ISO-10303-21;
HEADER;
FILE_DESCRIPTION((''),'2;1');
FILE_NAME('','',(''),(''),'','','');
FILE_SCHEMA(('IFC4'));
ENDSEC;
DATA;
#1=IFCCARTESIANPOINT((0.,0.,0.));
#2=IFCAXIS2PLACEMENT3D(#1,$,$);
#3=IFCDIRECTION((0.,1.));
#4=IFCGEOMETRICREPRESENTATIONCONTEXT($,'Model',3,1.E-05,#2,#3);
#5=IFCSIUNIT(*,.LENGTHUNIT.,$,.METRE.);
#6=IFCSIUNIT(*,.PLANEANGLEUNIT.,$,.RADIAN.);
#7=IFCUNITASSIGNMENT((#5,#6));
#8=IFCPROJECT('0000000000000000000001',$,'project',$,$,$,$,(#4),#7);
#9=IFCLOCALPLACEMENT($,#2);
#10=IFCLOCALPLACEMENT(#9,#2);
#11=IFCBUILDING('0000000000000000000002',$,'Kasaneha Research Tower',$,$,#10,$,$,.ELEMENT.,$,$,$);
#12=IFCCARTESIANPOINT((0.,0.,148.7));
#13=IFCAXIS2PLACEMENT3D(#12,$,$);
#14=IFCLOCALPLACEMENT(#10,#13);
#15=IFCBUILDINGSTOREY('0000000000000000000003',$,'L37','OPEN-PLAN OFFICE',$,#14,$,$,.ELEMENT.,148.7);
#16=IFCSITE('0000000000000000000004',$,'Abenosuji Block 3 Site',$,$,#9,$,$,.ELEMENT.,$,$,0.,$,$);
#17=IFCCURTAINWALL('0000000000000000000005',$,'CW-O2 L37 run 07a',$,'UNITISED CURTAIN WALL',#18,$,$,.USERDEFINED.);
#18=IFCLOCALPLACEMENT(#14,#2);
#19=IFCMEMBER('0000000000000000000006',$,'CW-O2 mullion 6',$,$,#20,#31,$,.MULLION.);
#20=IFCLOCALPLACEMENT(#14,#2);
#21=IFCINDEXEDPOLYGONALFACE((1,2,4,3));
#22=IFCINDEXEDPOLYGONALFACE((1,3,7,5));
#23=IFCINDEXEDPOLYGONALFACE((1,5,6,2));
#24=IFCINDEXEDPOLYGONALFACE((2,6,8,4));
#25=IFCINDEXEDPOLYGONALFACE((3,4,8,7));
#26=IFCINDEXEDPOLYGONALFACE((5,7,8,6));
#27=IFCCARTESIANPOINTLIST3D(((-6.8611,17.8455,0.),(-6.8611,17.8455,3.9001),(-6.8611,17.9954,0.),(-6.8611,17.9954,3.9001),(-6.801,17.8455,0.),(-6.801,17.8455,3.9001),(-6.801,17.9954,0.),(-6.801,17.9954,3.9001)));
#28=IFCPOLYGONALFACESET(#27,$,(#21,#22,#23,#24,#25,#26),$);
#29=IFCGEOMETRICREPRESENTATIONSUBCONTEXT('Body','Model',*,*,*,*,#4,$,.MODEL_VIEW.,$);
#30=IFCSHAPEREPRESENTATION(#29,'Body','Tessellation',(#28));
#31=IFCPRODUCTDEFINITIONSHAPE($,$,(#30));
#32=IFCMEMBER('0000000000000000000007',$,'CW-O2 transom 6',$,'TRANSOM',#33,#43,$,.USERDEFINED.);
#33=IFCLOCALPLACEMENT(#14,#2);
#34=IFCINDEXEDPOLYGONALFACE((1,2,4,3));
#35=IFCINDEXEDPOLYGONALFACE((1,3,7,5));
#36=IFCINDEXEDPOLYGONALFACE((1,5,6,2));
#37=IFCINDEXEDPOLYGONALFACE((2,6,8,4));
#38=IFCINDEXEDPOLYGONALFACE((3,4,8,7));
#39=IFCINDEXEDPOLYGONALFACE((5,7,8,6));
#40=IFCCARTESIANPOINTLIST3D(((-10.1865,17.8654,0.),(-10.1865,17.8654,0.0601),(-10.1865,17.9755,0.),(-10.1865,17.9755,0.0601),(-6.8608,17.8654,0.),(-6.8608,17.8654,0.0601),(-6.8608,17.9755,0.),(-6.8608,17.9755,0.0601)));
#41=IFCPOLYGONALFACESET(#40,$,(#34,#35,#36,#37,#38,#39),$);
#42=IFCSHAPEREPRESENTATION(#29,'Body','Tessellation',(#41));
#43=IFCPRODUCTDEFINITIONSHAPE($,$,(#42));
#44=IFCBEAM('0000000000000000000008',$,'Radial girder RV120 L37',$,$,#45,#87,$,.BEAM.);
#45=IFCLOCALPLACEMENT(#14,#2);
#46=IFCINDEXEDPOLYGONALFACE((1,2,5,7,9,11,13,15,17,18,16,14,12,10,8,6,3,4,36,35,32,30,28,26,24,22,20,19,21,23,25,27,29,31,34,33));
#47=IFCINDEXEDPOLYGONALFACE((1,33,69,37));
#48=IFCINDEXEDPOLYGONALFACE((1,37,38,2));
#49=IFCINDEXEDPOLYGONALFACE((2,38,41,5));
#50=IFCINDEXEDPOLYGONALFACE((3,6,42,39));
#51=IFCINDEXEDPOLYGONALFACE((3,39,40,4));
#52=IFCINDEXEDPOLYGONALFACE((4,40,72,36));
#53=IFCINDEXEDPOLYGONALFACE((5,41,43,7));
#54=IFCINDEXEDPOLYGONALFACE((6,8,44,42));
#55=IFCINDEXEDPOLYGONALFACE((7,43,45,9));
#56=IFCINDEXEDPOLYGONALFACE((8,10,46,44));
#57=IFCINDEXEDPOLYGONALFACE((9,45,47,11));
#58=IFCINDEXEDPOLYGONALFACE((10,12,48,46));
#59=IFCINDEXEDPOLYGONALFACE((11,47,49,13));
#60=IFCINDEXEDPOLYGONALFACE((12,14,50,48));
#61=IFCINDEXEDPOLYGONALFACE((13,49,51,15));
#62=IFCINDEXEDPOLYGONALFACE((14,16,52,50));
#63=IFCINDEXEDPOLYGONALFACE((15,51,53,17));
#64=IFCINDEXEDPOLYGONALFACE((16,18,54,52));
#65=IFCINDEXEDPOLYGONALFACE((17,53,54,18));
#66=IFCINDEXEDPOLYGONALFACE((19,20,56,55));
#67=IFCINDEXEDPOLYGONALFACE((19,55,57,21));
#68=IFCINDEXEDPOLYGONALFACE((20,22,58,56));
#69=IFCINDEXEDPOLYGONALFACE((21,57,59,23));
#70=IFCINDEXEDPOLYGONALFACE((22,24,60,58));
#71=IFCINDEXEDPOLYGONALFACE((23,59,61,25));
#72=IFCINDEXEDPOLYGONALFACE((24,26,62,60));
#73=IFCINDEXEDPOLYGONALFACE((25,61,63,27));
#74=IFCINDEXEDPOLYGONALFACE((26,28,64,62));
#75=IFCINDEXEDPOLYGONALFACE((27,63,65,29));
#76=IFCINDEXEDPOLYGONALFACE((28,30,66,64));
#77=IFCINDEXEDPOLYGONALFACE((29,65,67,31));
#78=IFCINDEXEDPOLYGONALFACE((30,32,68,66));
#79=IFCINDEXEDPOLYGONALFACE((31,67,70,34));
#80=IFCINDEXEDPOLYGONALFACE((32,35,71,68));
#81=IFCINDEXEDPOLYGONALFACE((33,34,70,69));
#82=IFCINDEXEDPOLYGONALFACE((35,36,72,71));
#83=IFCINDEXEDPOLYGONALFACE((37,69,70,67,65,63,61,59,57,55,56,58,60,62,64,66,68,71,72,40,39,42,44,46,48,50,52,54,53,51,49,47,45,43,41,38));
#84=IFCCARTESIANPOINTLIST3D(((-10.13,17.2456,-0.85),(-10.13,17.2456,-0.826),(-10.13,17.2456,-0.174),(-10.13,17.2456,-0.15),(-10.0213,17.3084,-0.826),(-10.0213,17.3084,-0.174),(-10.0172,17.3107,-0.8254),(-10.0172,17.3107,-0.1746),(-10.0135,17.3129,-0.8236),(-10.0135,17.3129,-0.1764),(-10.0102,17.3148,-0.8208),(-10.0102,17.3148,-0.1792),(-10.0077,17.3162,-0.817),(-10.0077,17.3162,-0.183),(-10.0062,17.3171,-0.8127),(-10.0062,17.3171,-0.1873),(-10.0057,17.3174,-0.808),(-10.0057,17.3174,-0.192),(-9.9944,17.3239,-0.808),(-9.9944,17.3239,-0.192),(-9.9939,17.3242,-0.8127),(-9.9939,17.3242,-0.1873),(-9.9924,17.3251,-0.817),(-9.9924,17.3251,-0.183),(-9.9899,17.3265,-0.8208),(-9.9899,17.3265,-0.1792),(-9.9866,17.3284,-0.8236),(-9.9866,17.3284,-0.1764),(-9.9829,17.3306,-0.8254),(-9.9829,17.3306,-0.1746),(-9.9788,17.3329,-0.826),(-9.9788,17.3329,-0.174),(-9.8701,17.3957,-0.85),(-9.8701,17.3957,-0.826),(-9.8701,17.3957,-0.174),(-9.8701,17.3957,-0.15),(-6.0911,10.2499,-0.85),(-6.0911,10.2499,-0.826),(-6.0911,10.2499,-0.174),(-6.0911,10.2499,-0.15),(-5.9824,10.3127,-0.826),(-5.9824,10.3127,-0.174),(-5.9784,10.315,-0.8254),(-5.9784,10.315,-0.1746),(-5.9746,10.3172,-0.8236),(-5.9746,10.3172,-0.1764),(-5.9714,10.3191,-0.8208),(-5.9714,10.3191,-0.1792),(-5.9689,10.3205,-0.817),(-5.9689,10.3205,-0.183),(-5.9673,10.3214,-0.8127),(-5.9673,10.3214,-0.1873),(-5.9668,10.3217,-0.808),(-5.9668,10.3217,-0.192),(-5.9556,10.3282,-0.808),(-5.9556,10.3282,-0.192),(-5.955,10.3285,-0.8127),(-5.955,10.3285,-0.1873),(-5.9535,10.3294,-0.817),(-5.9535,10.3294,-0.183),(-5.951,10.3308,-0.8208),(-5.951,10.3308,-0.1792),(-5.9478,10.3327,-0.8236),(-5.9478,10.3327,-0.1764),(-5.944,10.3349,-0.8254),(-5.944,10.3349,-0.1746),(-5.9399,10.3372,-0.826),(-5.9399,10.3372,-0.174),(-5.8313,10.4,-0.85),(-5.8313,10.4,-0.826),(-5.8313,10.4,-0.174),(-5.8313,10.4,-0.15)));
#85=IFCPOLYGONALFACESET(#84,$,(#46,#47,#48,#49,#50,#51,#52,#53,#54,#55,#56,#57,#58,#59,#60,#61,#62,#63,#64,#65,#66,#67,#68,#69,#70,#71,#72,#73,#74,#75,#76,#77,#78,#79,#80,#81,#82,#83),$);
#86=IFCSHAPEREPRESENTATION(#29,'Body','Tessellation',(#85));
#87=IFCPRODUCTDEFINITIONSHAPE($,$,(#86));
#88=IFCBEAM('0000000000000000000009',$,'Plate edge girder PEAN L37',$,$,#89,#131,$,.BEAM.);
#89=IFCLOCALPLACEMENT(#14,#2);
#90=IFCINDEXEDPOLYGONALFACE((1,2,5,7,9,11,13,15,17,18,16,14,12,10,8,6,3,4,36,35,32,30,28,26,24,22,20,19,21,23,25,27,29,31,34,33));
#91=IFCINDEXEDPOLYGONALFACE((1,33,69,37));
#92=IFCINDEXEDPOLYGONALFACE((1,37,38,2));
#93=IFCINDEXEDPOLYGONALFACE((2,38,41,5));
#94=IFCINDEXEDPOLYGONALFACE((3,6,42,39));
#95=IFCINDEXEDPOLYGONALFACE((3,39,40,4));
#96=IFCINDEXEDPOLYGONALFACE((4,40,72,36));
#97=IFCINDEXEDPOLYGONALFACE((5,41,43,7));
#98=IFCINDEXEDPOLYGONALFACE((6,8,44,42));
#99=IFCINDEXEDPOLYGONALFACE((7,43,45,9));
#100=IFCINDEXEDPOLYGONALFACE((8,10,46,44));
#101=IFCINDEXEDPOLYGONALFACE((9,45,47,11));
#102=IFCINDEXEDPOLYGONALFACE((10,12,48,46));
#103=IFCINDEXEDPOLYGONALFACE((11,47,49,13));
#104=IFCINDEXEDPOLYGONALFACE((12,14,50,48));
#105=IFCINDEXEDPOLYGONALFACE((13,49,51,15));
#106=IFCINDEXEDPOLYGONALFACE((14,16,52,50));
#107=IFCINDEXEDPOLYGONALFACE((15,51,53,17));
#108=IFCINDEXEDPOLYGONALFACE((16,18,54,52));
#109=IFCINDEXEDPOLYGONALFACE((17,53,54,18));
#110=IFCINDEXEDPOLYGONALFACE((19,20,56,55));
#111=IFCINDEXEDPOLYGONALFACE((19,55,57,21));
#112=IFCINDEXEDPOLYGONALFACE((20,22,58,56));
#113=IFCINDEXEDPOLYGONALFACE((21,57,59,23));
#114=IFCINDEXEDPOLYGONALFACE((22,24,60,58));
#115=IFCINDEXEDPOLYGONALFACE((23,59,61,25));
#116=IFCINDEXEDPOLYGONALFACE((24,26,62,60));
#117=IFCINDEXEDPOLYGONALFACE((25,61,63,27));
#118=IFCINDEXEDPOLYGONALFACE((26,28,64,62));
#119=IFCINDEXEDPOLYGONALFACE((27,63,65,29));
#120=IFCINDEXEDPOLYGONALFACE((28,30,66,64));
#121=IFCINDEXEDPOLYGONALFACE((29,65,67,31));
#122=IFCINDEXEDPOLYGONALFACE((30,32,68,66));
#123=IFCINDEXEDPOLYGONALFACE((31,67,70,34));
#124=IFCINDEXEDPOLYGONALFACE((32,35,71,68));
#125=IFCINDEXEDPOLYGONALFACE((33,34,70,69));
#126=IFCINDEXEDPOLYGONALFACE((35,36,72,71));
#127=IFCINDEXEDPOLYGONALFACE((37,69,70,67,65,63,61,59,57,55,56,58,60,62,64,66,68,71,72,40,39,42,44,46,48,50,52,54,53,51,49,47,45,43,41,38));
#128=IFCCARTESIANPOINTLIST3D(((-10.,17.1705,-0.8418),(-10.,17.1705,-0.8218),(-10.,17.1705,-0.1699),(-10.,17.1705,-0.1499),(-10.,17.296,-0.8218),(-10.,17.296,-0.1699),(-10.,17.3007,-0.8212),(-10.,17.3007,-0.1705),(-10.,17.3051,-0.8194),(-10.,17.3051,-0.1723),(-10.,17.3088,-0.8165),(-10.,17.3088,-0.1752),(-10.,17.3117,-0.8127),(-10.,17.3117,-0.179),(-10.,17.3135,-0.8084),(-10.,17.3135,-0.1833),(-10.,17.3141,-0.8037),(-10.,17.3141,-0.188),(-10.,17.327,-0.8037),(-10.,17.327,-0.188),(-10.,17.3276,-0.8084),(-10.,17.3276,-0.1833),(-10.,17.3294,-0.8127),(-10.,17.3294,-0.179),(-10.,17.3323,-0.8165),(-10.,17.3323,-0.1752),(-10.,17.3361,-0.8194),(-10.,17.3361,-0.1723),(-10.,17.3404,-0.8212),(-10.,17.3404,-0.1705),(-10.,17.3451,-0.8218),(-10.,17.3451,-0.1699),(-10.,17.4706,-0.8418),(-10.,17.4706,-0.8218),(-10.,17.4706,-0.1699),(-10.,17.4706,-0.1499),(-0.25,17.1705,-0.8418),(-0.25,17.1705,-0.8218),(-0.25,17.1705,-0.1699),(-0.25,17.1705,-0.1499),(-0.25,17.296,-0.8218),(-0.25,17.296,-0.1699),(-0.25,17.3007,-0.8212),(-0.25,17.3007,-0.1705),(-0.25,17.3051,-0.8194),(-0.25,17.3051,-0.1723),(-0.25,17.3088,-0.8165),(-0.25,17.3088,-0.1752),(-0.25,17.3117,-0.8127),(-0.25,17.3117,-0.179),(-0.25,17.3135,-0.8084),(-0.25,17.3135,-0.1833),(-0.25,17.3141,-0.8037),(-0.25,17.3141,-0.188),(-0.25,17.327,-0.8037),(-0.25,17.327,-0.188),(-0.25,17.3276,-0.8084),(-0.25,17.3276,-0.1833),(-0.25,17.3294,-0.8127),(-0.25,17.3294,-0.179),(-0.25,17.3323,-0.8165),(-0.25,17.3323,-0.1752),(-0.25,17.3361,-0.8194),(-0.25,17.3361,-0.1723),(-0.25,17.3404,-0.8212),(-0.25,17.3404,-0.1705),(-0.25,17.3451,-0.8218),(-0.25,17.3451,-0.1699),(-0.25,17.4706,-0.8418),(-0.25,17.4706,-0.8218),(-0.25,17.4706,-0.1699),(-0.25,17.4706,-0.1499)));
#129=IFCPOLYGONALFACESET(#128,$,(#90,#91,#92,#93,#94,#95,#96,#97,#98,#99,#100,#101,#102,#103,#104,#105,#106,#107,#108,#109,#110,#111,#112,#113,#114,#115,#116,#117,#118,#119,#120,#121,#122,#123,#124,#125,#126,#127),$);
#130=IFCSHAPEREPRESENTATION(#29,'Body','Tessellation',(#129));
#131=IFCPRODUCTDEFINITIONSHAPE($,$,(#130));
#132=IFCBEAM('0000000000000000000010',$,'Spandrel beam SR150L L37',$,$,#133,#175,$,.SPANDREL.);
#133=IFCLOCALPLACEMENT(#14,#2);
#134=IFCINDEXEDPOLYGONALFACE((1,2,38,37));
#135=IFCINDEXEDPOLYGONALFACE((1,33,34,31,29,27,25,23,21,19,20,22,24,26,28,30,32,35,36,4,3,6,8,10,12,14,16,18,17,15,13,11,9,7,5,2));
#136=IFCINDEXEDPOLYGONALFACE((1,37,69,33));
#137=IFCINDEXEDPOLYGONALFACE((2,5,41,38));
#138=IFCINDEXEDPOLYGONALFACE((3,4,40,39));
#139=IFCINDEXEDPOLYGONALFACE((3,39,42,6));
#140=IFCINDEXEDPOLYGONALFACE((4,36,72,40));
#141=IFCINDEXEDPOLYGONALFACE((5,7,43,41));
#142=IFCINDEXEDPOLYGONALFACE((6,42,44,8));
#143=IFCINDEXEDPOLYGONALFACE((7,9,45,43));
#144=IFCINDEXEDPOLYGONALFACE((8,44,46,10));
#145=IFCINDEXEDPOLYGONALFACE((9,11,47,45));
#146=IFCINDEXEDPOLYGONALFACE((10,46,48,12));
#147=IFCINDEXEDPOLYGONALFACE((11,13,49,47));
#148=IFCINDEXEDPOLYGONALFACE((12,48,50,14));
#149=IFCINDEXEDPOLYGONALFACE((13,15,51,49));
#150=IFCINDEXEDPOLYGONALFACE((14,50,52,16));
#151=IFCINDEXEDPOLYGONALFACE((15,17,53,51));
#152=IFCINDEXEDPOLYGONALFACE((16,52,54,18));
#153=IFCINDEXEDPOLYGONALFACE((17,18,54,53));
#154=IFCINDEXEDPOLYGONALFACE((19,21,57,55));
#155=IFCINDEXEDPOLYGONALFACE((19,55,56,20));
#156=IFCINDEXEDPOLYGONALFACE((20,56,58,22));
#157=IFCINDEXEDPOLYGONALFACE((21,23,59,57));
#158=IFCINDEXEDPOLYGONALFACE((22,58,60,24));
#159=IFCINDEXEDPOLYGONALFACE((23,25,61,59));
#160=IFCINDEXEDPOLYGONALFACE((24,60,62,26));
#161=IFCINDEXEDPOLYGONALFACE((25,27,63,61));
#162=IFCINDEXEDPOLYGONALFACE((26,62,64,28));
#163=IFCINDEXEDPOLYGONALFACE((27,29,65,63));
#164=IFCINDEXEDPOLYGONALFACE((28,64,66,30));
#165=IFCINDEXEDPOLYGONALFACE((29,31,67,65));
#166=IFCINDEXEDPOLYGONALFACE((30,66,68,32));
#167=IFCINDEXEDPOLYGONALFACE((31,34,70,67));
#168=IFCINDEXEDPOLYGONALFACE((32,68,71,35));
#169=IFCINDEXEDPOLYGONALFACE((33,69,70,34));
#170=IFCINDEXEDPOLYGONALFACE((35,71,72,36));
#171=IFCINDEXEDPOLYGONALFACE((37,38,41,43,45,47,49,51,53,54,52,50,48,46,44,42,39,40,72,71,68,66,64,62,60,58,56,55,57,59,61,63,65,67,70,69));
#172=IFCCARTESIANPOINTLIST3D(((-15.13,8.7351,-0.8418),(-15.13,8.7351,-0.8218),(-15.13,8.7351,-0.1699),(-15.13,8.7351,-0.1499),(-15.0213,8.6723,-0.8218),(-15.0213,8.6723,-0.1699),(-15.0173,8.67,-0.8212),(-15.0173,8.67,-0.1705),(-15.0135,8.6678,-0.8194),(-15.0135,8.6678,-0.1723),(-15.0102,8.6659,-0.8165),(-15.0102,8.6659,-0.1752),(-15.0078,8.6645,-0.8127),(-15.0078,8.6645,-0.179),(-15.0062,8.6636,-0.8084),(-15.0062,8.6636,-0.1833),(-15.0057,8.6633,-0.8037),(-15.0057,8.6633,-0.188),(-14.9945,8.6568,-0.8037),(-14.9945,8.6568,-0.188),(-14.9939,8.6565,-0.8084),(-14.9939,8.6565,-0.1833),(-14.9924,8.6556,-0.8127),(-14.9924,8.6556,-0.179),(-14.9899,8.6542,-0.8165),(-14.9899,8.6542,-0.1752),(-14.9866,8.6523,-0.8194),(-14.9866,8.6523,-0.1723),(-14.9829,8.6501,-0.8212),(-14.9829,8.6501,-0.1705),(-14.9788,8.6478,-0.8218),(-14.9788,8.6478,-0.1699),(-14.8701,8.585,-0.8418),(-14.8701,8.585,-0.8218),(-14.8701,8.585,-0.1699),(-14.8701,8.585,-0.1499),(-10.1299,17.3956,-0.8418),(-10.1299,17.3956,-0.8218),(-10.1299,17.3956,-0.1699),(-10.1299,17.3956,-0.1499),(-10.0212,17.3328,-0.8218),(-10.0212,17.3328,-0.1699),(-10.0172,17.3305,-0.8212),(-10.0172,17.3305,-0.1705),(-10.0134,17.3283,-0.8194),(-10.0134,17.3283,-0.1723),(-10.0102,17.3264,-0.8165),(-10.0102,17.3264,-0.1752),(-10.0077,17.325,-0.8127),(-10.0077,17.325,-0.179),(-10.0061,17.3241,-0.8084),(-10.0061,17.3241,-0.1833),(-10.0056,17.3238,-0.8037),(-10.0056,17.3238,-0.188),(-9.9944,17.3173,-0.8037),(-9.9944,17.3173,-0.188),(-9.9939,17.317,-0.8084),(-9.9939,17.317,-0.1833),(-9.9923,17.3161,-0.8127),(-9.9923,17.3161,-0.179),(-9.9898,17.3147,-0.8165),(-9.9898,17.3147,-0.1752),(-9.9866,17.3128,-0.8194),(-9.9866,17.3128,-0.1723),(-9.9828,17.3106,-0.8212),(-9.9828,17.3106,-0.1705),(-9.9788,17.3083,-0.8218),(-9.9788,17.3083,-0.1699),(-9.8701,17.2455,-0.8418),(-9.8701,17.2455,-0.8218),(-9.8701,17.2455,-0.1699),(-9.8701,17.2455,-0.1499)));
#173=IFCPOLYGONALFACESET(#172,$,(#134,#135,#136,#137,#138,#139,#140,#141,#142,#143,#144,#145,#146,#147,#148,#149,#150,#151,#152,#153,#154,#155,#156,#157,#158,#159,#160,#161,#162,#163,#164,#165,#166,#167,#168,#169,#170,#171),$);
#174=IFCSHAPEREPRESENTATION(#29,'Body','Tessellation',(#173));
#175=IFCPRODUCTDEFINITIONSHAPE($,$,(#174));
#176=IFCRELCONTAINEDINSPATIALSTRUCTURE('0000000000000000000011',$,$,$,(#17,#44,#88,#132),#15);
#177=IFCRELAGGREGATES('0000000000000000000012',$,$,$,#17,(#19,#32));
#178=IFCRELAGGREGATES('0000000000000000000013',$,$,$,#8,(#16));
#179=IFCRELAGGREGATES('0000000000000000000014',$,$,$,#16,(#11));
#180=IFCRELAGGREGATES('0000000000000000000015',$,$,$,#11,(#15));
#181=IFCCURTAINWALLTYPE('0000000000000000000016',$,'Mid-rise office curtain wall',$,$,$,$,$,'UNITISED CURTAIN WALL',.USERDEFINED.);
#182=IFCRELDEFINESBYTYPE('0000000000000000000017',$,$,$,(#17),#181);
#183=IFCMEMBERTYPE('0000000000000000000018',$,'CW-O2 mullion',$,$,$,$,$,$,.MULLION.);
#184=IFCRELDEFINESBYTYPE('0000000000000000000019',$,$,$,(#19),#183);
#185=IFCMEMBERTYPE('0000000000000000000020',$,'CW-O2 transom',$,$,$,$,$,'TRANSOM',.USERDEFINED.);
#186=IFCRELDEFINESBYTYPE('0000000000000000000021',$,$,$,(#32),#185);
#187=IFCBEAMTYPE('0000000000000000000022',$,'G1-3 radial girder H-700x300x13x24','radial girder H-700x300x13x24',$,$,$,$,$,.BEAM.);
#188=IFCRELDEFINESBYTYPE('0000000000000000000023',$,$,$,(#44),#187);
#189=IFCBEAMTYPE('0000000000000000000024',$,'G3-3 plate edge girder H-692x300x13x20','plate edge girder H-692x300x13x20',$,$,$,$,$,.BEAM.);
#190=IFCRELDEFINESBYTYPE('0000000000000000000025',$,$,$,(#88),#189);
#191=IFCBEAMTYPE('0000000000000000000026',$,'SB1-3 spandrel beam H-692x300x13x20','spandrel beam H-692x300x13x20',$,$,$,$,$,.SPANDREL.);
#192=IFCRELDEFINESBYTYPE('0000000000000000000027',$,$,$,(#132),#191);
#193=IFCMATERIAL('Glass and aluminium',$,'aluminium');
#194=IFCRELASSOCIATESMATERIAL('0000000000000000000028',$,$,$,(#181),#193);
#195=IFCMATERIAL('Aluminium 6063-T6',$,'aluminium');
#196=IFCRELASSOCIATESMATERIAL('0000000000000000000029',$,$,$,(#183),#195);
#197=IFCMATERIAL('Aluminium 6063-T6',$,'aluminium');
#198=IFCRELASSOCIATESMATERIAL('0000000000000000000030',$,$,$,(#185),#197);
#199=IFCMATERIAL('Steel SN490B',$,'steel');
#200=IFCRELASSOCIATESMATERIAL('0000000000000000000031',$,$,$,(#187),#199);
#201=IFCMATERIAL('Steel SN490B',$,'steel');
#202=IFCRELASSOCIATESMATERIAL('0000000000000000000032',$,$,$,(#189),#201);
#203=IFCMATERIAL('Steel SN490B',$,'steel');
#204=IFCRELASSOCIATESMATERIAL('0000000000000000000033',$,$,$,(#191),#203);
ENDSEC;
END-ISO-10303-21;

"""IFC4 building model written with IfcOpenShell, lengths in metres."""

from ifc_helpers import new_model, si_unit, direction, frame, origin, origin_2d, place, context, subcontext, project, spatial, rectangle, i_section, extrude, material, material_profile, profile_set, type_object, element, aggregate, save


model = new_model("IFC4")

# Units and contexts
model_context = context("Model", 3, precision=1e-05, world=origin(), true_north=direction((0.0, 1.0)))
body_context = subcontext(model_context, "Body", "Model", "MODEL_VIEW")
ifc_project = project(units=[si_unit("LENGTHUNIT", "METRE"), si_unit("PLANEANGLEUNIT", "RADIAN")], contexts=[model_context])

# Site, building, storey
site_placement = place(None, origin())
site = spatial("IfcSite", under=ifc_project, at=site_placement, Name="Abenosuji Block 3 Site", CompositionType="ELEMENT", RefElevation=0.0)
building_placement = place(site_placement, origin())
building = spatial("IfcBuilding", under=site, at=building_placement, Name="Kasaneha Research Tower", CompositionType="ELEMENT")
storey_placement = place(building_placement, frame((0.0, 0.0, 148.7)))
storey = spatial("IfcBuildingStorey", under=building, at=storey_placement, Name="L37", Description="OPEN-PLAN OFFICE", CompositionType="ELEMENT", Elevation=148.7)

# Curtain wall, members
ifc_material_1 = material(Name="Glass and aluminium", Category="aluminium")
curtain_wall_type = type_object("IfcCurtainWallType", Name="Mid-rise office curtain wall", ElementType="UNITISED CURTAIN WALL", PredefinedType="USERDEFINED", material=ifc_material_1)
curtain_wall_placement = place(storey_placement, origin())
curtain_wall = element("IfcCurtainWall", 1, at=curtain_wall_placement, inside=storey, type_object=curtain_wall_type, Name="CW-O2 L37 run 07a", ObjectType="UNITISED CURTAIN WALL", PredefinedType="USERDEFINED")
ifc_material_2 = material(Name="Aluminium 6063-T6", Category="aluminium")
ifc_material_profile_1 = material_profile(ifc_material_2, rectangle(XDim=0.0601, YDim=0.1499, at=origin_2d()), Name="CW-O2 mullion 60x150")
ifc_profile_set_1 = profile_set([ifc_material_profile_1], Name="Aluminium 6063-T6")
member_type_1 = type_object("IfcMemberType", Name="CW-O2 mullion", PredefinedType="MULLION", material=ifc_profile_set_1)
member_1_placement = place(storey_placement, frame((-6.8311, 17.9204, 0.0), z_axis=(0.0, 0.0, 1.0), x_axis=(-1.0, 0.0, 0.0)))
member_1 = element("IfcMember", 2, at=member_1_placement, type_object=member_type_1, Name="CW-O2 mullion 6", PredefinedType="MULLION", context=body_context, shape_type="SweptSolid", body=[
    extrude(rectangle(XDim=0.0601, YDim=0.1499, at=origin_2d()), origin(), (0.0, 0.0, 1.0), 3.9001),
])
ifc_material_3 = material(Name="Aluminium 6063-T6", Category="aluminium")
ifc_material_profile_2 = material_profile(ifc_material_3, rectangle(XDim=0.1101, YDim=0.0601, at=origin_2d()), Name="CW-O2 transom 110x60")
ifc_profile_set_2 = profile_set([ifc_material_profile_2], Name="Aluminium 6063-T6")
member_type_2 = type_object("IfcMemberType", Name="CW-O2 transom", ElementType="TRANSOM", PredefinedType="USERDEFINED", material=ifc_profile_set_2)
member_2_placement = place(storey_placement, frame((-6.8608, 17.9204, 0.03), z_axis=(-1.0, 0.0, 0.0), x_axis=(0.0, -1.0, 0.0)))
member_2 = element("IfcMember", 3, at=member_2_placement, type_object=member_type_2, Name="CW-O2 transom 6", ObjectType="TRANSOM", PredefinedType="USERDEFINED", context=body_context, shape_type="SweptSolid", body=[
    extrude(rectangle(XDim=0.1101, YDim=0.0601, at=origin_2d()), origin(), (0.0, 0.0, 1.0), 3.3257),
])

# Beams
ifc_material_4 = material(Name="Steel SN490B", Category="steel")
ifc_material_profile_3 = material_profile(ifc_material_4, i_section(OverallWidth=0.3, OverallDepth=0.7, WebThickness=0.0129, FlangeThickness=0.0239, FilletRadius=0.0181, at=origin_2d()), Name="H-700x300x13x24")
ifc_profile_set_3 = profile_set([ifc_material_profile_3], Name="Steel SN490B")
beam_type_1 = type_object("IfcBeamType", Name="G1-3 radial girder H-700x300x13x24", Description="radial girder H-700x300x13x24", PredefinedType="BEAM", material=ifc_profile_set_3)
beam_1_placement = place(storey_placement, frame((-5.9612, 10.325, -0.5), z_axis=(-0.499991, 0.866031, 0.0), x_axis=(-0.866031, -0.499991, 0.0)))
element("IfcBeam", 4, at=beam_1_placement, inside=storey, type_object=beam_type_1, Name="Radial girder RV120 L37", PredefinedType="BEAM", context=body_context, shape_type="SweptSolid", body=[
    extrude(i_section(OverallWidth=0.3, OverallDepth=0.7, WebThickness=0.0129, FlangeThickness=0.0239, FilletRadius=0.0181, at=origin_2d()), origin(), (0.0, 0.0, 1.0), 8.0779),
])
ifc_material_5 = material(Name="Steel SN490B", Category="steel")
ifc_material_profile_4 = material_profile(ifc_material_5, i_section(OverallWidth=0.3, OverallDepth=0.6919, WebThickness=0.0129, FlangeThickness=0.02, FilletRadius=0.0181, at=origin_2d()), Name="H-692x300x13x20")
ifc_profile_set_4 = profile_set([ifc_material_profile_4], Name="Steel SN490B")
beam_type_2 = type_object("IfcBeamType", Name="G3-3 plate edge girder H-692x300x13x20", Description="plate edge girder H-692x300x13x20", PredefinedType="BEAM", material=ifc_profile_set_4)
beam_2_placement = place(storey_placement, frame((-10.0, 17.3206, -0.4958), z_axis=(1.0, 0.0, 0.0), x_axis=(0.0, 1.0, 0.0)))
element("IfcBeam", 5, at=beam_2_placement, inside=storey, type_object=beam_type_2, Name="Plate edge girder PEAN L37", PredefinedType="BEAM", context=body_context, shape_type="SweptSolid", body=[
    extrude(i_section(OverallWidth=0.3, OverallDepth=0.6919, WebThickness=0.0129, FlangeThickness=0.02, FilletRadius=0.0181, at=origin_2d()), origin(), (0.0, 0.0, 1.0), 9.75),
])
ifc_material_6 = material(Name="Steel SN490B", Category="steel")
ifc_material_profile_5 = material_profile(ifc_material_6, i_section(OverallWidth=0.3, OverallDepth=0.6919, WebThickness=0.0129, FlangeThickness=0.02, FilletRadius=0.0181, at=origin_2d()), Name="H-692x300x13x20")
ifc_profile_set_5 = profile_set([ifc_material_profile_5], Name="Steel SN490B")
beam_type_3 = type_object("IfcBeamType", Name="SB1-3 spandrel beam H-692x300x13x20", Description="spandrel beam H-692x300x13x20", PredefinedType="SPANDREL", material=ifc_profile_set_5)
beam_3_placement = place(storey_placement, frame((-10.0, 17.3206, -0.4958), z_axis=(-0.499994, -0.866029, 0.0), x_axis=(0.866029, -0.499994, 0.0)))
element("IfcBeam", 6, at=beam_3_placement, inside=storey, type_object=beam_type_3, Name="Spandrel beam SR150L L37", PredefinedType="SPANDREL", context=body_context, shape_type="SweptSolid", body=[
    extrude(i_section(OverallWidth=0.3, OverallDepth=0.6919, WebThickness=0.0129, FlangeThickness=0.02, FilletRadius=0.0181, at=origin_2d()), origin(), (0.0, 0.0, 1.0), 10.0002),
])

aggregate(curtain_wall, [member_1, member_2])

save(model, "model.ifc")
